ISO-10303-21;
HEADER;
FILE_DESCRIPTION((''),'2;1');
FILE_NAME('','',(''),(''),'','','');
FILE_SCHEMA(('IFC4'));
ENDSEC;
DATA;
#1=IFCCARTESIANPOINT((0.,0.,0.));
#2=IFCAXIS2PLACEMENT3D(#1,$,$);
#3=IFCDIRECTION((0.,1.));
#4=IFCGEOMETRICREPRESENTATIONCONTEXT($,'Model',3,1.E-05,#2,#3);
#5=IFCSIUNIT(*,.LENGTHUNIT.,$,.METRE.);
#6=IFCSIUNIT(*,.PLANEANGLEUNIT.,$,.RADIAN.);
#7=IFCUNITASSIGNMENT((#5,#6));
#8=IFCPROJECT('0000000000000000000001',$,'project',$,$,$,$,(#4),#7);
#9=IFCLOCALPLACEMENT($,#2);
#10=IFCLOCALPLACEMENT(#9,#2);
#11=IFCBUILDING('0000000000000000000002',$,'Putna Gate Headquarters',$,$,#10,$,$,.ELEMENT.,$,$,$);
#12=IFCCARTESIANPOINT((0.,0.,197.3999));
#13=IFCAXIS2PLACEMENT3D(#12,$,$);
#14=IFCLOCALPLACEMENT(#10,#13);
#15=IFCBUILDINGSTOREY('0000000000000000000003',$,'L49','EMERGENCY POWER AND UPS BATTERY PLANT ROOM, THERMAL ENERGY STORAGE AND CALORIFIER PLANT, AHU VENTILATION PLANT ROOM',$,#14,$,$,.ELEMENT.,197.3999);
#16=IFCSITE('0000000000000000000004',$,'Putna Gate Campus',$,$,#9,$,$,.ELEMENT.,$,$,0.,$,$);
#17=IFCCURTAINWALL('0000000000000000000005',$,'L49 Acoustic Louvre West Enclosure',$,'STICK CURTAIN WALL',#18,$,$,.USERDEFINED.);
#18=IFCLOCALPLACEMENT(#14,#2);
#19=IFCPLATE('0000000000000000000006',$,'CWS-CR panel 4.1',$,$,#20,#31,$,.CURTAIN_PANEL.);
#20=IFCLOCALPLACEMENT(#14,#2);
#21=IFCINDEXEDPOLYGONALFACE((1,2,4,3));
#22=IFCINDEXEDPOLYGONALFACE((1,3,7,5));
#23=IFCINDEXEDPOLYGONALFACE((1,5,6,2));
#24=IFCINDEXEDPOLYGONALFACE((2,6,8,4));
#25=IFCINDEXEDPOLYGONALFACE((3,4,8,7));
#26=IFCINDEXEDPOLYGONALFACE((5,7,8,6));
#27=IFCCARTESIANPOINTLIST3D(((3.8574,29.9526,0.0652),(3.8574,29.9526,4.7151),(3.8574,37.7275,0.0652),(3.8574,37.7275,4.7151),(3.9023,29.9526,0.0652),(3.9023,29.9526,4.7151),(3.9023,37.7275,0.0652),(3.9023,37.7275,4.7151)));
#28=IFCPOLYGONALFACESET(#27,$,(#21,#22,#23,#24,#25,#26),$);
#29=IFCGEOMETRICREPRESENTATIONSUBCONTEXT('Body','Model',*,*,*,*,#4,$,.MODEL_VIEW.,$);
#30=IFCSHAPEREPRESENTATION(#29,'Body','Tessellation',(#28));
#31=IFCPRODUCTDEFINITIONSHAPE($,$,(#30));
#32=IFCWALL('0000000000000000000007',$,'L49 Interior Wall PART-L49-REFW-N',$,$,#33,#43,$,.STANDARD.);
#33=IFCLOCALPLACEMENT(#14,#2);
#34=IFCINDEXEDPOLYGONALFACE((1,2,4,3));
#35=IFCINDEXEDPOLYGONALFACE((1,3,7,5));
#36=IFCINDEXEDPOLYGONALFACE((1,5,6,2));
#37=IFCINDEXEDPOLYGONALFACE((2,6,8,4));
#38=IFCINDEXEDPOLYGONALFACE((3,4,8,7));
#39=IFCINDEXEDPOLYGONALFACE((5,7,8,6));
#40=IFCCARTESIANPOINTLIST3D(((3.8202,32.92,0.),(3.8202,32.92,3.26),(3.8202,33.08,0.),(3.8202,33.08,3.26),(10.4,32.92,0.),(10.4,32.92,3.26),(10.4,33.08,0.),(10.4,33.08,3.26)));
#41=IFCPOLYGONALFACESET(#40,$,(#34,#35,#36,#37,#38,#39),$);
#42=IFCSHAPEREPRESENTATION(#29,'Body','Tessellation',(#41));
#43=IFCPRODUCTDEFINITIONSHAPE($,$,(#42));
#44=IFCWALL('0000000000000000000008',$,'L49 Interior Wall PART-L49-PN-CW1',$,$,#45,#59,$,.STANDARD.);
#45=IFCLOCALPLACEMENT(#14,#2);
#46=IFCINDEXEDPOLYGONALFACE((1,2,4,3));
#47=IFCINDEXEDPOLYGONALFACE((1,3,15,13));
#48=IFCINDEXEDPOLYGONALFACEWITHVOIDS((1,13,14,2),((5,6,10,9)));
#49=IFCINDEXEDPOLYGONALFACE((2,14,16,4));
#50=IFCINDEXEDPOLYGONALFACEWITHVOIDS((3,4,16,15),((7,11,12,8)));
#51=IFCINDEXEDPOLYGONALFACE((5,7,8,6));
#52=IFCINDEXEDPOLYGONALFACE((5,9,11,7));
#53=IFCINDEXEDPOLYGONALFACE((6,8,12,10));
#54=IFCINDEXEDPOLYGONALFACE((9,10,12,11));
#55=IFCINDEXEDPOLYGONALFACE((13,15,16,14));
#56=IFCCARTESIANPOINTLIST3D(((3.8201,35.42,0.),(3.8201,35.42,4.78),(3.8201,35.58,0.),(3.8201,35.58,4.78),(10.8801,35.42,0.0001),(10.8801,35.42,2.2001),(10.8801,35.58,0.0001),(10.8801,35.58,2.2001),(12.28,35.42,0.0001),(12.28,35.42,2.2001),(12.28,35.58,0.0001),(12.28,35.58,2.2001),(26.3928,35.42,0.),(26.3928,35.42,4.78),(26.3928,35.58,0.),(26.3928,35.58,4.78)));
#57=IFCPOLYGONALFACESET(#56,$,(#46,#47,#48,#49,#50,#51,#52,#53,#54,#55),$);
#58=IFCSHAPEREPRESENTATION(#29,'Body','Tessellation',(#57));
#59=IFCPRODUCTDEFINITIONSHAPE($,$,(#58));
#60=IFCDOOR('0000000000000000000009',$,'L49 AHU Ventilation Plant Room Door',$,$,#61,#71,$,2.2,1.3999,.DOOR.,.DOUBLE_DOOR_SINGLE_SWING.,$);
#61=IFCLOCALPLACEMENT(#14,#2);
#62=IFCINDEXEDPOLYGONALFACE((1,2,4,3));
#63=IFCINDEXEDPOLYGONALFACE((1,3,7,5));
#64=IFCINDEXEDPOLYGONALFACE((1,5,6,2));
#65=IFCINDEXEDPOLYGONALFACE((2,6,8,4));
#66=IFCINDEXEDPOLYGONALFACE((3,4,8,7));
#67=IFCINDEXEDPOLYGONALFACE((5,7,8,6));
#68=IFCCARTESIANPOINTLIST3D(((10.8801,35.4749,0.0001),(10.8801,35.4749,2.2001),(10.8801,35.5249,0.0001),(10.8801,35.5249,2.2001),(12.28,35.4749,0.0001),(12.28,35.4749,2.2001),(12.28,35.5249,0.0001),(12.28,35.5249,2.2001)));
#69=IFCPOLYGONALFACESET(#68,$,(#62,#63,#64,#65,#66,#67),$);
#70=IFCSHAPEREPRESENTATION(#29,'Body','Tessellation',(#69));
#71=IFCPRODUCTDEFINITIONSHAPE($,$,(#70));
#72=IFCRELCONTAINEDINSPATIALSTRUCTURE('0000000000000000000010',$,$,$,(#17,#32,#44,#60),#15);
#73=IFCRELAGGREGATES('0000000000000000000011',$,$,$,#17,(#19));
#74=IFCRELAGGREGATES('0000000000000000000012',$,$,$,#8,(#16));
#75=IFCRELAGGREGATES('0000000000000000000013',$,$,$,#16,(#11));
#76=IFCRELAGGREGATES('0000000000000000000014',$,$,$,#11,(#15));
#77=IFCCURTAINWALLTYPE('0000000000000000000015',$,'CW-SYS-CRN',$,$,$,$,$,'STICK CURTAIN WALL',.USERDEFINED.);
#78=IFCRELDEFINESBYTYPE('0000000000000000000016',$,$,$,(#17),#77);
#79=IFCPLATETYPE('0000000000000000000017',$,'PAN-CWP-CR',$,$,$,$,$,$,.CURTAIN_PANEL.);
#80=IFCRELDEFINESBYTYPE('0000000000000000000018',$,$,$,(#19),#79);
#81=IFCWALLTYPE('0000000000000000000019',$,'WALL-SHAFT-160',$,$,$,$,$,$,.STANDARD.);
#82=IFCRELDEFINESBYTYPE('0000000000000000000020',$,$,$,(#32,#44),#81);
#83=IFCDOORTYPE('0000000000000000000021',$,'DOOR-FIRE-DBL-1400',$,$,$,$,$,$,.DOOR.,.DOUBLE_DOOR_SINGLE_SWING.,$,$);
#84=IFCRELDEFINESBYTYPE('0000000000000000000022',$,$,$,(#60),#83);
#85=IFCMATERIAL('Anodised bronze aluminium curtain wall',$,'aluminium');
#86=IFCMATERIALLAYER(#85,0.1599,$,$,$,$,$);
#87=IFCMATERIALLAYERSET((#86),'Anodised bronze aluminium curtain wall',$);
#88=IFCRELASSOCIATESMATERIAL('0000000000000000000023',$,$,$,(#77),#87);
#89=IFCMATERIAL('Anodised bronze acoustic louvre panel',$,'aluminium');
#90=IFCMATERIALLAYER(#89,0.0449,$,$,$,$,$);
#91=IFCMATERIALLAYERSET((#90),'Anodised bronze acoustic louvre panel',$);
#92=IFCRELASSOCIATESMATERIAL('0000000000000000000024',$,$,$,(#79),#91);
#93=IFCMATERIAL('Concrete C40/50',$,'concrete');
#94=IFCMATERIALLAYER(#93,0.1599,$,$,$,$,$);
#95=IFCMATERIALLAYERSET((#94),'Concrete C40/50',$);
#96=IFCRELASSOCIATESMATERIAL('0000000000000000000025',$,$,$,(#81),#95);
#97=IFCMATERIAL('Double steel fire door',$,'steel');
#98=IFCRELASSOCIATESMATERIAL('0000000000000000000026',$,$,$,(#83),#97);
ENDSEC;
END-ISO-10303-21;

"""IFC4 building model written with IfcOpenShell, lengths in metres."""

from ifc_helpers import new_model, si_unit, direction, frame, frame_2d, origin, origin_2d, place, context, subcontext, project, spatial, rectangle, extrude, material, layer, layer_set, type_object, element, fill, aggregate, save


model = new_model("IFC4")

# Units and contexts
model_context = context("Model", 3, precision=1e-05, world=origin(), true_north=direction((0.0, 1.0)))
body_context = subcontext(model_context, "Body", "Model", "MODEL_VIEW")
ifc_project = project(units=[si_unit("LENGTHUNIT", "METRE"), si_unit("PLANEANGLEUNIT", "RADIAN")], contexts=[model_context])

# Site, building, storey
site_placement = place(None, origin())
site = spatial("IfcSite", under=ifc_project, at=site_placement, Name="Putna Gate Campus", CompositionType="ELEMENT", RefElevation=0.0)
building_placement = place(site_placement, origin())
building = spatial("IfcBuilding", under=site, at=building_placement, Name="Putna Gate Headquarters", CompositionType="ELEMENT")
storey_placement = place(building_placement, frame((0.0, 0.0, 197.3999)))
storey = spatial("IfcBuildingStorey", under=building, at=storey_placement, Name="L49", Description="EMERGENCY POWER AND UPS BATTERY PLANT ROOM, THERMAL ENERGY STORAGE AND CALORIFIER PLANT, AHU VENTILATION PLANT ROOM", CompositionType="ELEMENT", Elevation=197.3999)

# Curtain wall, plate
ifc_material_1 = material(Name="Anodised bronze aluminium curtain wall", Category="aluminium")
ifc_layer_1 = layer(ifc_material_1, 0.1599)
ifc_layer_set_1 = layer_set([ifc_layer_1], Name="Anodised bronze aluminium curtain wall")
curtain_wall_type = type_object("IfcCurtainWallType", Name="CW-SYS-CRN", ElementType="STICK CURTAIN WALL", PredefinedType="USERDEFINED", material=ifc_layer_set_1)
curtain_wall_placement = place(storey_placement, origin())
curtain_wall = element("IfcCurtainWall", 1, at=curtain_wall_placement, inside=storey, type_object=curtain_wall_type, Name="L49 Acoustic Louvre West Enclosure", ObjectType="STICK CURTAIN WALL", PredefinedType="USERDEFINED")
ifc_material_2 = material(Name="Anodised bronze acoustic louvre panel", Category="aluminium")
ifc_layer_2 = layer(ifc_material_2, 0.0449)
ifc_layer_set_2 = layer_set([ifc_layer_2], Name="Anodised bronze acoustic louvre panel")
plate_type = type_object("IfcPlateType", Name="PAN-CWP-CR", PredefinedType="CURTAIN_PANEL", material=ifc_layer_set_2)
plate_1_placement = place(storey_placement, frame((3.8799, 33.8401, 0.0652), z_axis=(0.0, 0.0, 1.0), x_axis=(0.0, 1.0, 0.0)))
plate_1 = element("IfcPlate", 2, at=plate_1_placement, type_object=plate_type, Name="CWS-CR panel 4.1", PredefinedType="CURTAIN_PANEL", context=body_context, shape_type="SweptSolid", body=[
    extrude(rectangle(XDim=7.7749, YDim=0.0449, at=origin_2d()), origin(), (0.0, 0.0, 1.0), 4.6499),
])
aggregate(curtain_wall, [plate_1])

# Wall
ifc_material_3 = material(Name="Concrete C40/50", Category="concrete")
ifc_layer_3 = layer(ifc_material_3, 0.1599)
ifc_layer_set_3 = layer_set([ifc_layer_3], Name="Concrete C40/50")
wall_type = type_object("IfcWallType", Name="WALL-SHAFT-160", PredefinedType="STANDARD", material=ifc_layer_set_3)
wall_1_placement = place(storey_placement, frame((3.8201, 33.0, 0.0), z_axis=(0.0, 0.0, 1.0), x_axis=(1.0, 0.0, 0.0)))
element("IfcWall", 3, at=wall_1_placement, inside=storey, type_object=wall_type, Name="L49 Interior Wall PART-L49-REFW-N", PredefinedType="STANDARD", context=body_context, shape_type="SweptSolid", body=[
    extrude(rectangle(XDim=6.5798, YDim=0.1599, at=frame_2d((3.29, 0.0))), origin(), (0.0, 0.0, 1.0), 3.26),
])

# Wall, opening, door
wall_2_placement = place(storey_placement, frame((3.8201, 35.5, 0.0), z_axis=(0.0, 0.0, 1.0), x_axis=(1.0, 0.0, 0.0)))
wall_2 = element("IfcWall", 4, at=wall_2_placement, inside=storey, type_object=wall_type, Name="L49 Interior Wall PART-L49-PN-CW1", PredefinedType="STANDARD", context=body_context, shape_type="SweptSolid", body=[
    extrude(rectangle(XDim=22.5728, YDim=0.1599, at=frame_2d((11.2864, 0.0))), origin(), (0.0, 0.0, 1.0), 4.78),
])
opening_placement = place(wall_2_placement, frame((7.0601, 0.0, 0.0)))
opening = element("IfcOpeningElement", 5, at=opening_placement, cuts=wall_2, PredefinedType="OPENING", context=body_context, shape_type="SweptSolid", body=[
    extrude(rectangle(XDim=1.3999, YDim=2.2, at=frame_2d((0.7, 1.1001))), frame((0.0, 0.0898, 0.0), z_axis=(0.0, -1.0, 0.0), x_axis=(1.0, 0.0, 0.0)), (0.0, 0.0, 1.0), 0.1799),
])
ifc_material_4 = material(Name="Double steel fire door", Category="steel")
door_type = type_object("IfcDoorType", Name="DOOR-FIRE-DBL-1400", OperationType="DOUBLE_DOOR_SINGLE_SWING", PredefinedType="DOOR", material=ifc_material_4)
door_placement = place(opening_placement, origin())
door = element("IfcDoor", 6, at=door_placement, inside=storey, type_object=door_type, Name="L49 AHU Ventilation Plant Room Door", OperationType="DOUBLE_DOOR_SINGLE_SWING", OverallHeight=2.2, OverallWidth=1.3999, PredefinedType="DOOR", context=body_context, shape_type="SweptSolid", body=[
    extrude(rectangle(XDim=1.3999, YDim=2.2, at=frame_2d((0.7, 1.1001))), frame((0.0, 0.0249, 0.0), z_axis=(0.0, -1.0, 0.0), x_axis=(1.0, 0.0, 0.0)), (0.0, 0.0, 1.0), 0.05),
])
fill(opening, door)

save(model, "model.ifc")
